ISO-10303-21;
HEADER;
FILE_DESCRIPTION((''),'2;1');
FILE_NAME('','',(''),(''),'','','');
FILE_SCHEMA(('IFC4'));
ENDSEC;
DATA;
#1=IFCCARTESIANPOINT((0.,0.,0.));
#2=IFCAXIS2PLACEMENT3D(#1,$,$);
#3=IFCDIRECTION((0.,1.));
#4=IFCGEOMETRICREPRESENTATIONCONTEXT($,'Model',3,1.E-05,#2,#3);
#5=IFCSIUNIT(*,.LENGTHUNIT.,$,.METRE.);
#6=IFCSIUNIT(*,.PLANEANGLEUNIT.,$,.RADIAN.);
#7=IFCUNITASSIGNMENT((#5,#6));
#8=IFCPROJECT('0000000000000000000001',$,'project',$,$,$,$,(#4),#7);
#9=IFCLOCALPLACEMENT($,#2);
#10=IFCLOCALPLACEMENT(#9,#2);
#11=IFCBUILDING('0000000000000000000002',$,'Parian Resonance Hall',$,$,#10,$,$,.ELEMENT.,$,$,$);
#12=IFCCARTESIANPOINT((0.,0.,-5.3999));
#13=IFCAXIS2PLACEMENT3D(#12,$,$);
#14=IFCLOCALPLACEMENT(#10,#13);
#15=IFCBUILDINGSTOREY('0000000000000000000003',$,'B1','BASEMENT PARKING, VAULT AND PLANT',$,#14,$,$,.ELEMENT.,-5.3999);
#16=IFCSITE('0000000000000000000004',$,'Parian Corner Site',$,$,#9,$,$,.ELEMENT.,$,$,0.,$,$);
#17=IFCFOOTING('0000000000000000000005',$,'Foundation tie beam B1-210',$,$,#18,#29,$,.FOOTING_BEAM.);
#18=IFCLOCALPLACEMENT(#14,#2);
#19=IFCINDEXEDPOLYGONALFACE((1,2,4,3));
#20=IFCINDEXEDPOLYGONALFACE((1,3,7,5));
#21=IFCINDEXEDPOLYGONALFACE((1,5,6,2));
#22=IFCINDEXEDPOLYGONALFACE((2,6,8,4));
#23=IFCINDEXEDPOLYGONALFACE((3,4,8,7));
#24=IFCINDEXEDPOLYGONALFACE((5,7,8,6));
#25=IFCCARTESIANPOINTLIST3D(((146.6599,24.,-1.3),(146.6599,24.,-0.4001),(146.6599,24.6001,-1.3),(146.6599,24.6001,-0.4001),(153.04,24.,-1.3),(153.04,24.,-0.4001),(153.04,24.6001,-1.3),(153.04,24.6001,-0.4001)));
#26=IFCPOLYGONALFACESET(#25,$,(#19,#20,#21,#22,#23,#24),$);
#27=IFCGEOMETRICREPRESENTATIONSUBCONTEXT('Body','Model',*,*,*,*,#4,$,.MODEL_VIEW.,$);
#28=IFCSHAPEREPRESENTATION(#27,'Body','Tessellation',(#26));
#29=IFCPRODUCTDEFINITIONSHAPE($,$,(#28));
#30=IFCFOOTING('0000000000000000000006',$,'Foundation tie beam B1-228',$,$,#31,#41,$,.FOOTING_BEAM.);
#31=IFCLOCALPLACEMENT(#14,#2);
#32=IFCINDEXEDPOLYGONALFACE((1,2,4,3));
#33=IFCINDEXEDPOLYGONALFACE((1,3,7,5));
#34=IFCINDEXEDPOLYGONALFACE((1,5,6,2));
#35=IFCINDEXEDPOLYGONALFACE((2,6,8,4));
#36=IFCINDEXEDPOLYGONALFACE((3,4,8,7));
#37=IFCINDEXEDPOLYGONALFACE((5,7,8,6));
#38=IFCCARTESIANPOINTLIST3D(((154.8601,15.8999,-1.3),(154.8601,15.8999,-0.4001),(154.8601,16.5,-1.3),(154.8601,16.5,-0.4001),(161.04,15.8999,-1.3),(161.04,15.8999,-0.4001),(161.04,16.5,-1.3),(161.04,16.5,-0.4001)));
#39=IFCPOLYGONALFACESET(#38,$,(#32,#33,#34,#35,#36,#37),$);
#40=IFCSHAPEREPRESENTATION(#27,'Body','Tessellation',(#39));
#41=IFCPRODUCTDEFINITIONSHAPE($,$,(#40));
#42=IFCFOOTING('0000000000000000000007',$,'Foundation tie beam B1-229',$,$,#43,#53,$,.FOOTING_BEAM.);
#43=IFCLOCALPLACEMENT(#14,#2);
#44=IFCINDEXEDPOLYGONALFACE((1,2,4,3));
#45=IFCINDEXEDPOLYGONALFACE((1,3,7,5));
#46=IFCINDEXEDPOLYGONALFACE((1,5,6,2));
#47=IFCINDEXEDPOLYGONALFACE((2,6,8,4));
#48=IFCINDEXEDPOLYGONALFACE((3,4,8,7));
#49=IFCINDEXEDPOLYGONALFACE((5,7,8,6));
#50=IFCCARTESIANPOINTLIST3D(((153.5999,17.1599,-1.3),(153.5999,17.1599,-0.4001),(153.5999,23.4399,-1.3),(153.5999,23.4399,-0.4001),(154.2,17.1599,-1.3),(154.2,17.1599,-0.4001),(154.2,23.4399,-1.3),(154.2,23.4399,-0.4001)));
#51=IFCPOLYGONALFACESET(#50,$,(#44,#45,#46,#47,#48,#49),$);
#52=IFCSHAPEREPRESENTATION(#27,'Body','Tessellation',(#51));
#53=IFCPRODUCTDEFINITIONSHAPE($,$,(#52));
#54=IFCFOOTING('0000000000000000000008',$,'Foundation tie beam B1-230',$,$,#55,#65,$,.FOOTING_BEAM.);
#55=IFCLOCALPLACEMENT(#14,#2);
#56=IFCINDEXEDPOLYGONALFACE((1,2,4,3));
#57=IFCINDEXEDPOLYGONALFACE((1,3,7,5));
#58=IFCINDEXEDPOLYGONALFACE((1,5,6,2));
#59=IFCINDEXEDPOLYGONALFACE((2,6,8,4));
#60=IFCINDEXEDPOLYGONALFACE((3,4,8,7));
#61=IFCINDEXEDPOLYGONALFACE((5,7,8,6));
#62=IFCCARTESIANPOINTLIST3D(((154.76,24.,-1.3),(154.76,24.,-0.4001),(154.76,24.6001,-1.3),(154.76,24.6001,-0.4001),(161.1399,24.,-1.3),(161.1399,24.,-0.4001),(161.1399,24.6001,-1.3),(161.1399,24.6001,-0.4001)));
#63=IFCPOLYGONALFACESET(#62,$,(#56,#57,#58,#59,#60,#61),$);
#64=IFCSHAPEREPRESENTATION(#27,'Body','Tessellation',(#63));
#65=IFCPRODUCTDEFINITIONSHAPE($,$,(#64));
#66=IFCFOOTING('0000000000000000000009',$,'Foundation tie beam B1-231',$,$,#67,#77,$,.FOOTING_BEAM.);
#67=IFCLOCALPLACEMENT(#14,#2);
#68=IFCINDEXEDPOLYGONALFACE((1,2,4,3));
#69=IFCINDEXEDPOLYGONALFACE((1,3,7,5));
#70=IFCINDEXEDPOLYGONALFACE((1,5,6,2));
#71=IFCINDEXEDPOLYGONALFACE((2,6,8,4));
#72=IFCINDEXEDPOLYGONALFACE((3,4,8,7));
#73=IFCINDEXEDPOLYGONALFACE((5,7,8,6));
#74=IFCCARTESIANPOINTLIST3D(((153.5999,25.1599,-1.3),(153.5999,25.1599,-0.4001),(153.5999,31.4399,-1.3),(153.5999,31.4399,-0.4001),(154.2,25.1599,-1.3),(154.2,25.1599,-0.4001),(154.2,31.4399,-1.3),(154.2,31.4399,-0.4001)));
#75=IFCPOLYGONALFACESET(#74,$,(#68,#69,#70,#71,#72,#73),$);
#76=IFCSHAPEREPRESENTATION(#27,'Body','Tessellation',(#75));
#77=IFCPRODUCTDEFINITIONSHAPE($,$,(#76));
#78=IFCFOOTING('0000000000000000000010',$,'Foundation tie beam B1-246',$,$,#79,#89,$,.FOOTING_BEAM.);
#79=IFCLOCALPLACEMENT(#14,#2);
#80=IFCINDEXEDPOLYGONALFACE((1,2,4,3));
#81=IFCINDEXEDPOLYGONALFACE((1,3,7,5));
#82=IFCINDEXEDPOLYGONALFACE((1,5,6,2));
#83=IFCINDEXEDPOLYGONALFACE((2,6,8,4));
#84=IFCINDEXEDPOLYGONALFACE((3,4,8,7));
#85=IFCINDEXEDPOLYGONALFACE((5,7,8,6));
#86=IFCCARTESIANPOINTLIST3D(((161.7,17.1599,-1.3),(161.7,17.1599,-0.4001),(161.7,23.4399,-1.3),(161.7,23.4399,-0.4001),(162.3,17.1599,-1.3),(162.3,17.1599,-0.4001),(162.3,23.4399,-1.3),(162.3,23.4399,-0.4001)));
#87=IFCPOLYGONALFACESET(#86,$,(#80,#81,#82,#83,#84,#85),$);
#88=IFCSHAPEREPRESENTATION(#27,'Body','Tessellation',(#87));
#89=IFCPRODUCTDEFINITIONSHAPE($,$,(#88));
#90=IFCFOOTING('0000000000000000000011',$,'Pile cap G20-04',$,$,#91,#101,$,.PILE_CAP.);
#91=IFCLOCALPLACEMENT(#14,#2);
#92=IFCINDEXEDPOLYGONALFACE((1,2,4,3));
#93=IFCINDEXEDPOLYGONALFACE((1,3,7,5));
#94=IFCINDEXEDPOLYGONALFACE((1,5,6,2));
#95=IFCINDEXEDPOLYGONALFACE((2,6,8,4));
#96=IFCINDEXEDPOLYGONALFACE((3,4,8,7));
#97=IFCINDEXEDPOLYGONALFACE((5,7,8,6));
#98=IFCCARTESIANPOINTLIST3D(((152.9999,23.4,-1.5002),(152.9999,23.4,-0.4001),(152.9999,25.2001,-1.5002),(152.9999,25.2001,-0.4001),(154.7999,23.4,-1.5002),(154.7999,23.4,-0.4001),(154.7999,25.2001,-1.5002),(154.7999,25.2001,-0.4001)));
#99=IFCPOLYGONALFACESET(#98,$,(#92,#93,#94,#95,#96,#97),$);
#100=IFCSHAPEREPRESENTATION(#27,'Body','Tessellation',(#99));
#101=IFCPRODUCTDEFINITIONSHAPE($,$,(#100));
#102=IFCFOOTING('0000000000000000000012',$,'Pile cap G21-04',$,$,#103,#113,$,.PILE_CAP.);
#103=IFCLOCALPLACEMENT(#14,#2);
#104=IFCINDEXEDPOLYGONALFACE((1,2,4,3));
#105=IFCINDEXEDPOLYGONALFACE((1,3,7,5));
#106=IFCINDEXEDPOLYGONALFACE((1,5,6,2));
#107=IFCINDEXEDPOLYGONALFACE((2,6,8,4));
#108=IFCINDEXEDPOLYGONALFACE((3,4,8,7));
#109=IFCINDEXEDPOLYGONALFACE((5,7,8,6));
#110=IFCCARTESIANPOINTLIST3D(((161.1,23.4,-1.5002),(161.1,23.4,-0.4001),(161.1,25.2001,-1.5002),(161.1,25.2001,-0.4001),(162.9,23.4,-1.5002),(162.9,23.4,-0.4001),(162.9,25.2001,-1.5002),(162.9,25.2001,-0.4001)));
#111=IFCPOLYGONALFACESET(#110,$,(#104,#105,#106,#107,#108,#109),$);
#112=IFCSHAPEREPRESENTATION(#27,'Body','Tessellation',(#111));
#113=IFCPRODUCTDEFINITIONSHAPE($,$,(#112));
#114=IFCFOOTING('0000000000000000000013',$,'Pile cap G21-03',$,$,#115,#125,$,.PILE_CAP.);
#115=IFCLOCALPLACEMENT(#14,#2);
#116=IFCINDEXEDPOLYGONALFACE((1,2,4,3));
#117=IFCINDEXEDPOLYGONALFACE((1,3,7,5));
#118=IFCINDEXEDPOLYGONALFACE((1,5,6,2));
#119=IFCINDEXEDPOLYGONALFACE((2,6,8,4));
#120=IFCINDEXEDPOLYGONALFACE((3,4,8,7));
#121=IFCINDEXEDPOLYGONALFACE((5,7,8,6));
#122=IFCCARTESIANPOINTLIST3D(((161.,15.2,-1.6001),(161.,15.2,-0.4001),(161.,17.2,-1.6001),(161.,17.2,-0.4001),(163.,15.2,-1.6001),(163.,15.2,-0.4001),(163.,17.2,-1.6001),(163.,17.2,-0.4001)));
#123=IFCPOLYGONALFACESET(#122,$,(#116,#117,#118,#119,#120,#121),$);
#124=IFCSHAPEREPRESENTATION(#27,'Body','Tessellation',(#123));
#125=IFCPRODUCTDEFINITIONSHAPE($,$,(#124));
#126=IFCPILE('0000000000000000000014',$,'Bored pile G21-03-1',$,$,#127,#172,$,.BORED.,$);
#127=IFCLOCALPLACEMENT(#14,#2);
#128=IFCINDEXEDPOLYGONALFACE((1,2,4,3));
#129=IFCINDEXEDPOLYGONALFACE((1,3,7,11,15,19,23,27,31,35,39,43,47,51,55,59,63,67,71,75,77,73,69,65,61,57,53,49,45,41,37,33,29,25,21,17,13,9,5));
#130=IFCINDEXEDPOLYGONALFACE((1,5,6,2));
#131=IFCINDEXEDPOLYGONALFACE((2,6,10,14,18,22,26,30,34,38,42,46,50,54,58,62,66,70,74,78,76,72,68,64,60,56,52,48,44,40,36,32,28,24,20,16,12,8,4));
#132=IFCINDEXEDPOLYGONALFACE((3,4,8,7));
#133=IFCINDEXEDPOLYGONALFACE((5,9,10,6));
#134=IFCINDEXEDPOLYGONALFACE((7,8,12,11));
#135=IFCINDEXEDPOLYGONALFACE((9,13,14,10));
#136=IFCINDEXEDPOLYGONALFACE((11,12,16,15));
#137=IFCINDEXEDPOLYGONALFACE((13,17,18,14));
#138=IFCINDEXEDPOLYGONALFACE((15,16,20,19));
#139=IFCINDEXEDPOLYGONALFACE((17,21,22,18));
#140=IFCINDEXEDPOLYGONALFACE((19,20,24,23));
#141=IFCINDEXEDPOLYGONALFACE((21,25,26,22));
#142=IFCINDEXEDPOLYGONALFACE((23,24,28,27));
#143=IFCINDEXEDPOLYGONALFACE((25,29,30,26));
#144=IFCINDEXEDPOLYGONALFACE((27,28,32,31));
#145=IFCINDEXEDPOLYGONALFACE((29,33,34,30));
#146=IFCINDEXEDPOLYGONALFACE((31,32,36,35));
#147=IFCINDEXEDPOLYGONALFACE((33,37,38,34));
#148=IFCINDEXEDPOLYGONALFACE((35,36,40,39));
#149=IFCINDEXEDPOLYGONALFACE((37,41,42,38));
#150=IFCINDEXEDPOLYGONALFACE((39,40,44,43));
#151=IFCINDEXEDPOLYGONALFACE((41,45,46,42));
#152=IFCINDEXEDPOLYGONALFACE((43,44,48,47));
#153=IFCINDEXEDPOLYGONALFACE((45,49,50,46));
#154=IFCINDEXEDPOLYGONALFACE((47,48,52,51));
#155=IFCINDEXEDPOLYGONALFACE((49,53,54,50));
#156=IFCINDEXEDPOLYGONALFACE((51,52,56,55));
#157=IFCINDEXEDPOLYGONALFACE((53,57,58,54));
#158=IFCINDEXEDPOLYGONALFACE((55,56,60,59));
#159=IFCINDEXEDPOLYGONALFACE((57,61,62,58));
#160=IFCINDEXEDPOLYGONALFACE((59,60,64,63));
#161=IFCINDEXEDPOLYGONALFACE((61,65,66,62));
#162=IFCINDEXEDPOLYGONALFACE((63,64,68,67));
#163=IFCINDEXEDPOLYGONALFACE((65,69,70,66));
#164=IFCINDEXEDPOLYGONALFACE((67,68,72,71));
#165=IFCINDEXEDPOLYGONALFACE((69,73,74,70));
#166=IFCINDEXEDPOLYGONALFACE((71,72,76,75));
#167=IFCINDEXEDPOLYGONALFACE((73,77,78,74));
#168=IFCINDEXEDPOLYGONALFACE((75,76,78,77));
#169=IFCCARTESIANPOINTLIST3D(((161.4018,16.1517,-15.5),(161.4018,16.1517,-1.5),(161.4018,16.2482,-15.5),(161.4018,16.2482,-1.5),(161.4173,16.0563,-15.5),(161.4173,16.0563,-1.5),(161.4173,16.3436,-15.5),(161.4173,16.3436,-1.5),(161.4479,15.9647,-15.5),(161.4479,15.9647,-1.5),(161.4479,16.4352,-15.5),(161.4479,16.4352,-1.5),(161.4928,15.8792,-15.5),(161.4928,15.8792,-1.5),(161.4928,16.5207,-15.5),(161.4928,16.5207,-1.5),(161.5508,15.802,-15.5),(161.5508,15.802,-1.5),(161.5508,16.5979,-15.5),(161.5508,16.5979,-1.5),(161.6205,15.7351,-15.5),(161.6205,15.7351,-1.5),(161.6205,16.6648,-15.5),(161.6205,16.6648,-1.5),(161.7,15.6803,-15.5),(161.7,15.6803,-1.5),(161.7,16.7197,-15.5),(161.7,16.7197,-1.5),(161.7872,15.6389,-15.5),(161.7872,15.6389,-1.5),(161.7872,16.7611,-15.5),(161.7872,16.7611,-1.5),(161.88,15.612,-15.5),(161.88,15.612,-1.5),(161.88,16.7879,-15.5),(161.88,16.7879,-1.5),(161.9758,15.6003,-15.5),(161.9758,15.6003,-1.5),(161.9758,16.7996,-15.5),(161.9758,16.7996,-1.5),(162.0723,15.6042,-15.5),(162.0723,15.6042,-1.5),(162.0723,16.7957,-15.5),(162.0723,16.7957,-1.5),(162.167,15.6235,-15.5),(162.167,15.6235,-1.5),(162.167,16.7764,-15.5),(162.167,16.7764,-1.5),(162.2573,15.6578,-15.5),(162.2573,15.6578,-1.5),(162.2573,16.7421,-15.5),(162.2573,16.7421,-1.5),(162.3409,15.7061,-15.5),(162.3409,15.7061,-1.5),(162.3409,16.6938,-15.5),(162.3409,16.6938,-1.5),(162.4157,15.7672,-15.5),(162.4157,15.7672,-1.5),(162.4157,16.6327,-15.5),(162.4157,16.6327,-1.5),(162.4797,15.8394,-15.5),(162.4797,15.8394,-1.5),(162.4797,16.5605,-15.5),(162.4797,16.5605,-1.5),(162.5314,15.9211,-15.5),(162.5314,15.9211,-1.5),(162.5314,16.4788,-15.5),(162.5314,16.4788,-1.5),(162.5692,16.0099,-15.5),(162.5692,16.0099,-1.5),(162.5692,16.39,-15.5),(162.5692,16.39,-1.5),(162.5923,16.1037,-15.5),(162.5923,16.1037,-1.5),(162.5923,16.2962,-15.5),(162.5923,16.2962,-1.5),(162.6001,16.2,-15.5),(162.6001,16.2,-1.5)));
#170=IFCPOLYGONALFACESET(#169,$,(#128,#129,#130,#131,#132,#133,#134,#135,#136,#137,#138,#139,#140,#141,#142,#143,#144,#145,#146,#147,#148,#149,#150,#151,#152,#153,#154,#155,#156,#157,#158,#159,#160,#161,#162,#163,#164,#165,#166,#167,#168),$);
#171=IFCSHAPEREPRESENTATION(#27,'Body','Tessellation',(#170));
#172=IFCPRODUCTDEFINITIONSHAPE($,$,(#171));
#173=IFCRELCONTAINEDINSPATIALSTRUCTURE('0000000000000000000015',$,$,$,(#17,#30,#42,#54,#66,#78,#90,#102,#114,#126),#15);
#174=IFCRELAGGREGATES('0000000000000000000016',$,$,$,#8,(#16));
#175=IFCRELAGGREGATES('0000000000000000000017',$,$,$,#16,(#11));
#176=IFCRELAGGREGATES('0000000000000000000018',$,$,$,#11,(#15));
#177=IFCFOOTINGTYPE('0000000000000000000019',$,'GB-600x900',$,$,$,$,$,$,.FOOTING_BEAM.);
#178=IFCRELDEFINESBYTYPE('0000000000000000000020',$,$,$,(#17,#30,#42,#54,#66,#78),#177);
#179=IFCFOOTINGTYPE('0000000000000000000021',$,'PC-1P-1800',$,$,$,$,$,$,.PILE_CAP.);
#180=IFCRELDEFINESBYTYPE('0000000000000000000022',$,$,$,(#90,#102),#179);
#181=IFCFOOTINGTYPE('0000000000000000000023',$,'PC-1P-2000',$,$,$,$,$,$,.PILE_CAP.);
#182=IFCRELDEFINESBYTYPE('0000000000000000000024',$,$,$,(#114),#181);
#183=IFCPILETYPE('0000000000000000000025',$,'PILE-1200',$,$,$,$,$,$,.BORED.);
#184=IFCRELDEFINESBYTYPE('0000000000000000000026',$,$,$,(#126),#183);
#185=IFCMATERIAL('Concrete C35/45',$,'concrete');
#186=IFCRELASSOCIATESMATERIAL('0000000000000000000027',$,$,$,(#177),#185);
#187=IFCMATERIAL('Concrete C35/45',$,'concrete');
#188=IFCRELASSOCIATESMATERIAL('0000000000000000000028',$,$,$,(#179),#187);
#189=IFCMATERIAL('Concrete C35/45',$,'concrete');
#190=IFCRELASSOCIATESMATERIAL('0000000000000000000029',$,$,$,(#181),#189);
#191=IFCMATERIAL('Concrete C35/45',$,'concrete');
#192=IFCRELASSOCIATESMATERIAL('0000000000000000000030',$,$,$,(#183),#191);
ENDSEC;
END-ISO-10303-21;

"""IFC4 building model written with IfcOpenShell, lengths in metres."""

from ifc_helpers import new_model, si_unit, direction, frame, origin, origin_2d, place, context, subcontext, project, spatial, rectangle, circle, extrude, material, material_profile, profile_set, type_object, element, save


model = new_model("IFC4")

# Units and contexts
model_context = context("Model", 3, precision=1e-05, world=origin(), true_north=direction((0.0, 1.0)))
body_context = subcontext(model_context, "Body", "Model", "MODEL_VIEW")
ifc_project = project(units=[si_unit("LENGTHUNIT", "METRE"), si_unit("PLANEANGLEUNIT", "RADIAN")], contexts=[model_context])

# Site, building, storey
site_placement = place(None, origin())
site = spatial("IfcSite", under=ifc_project, at=site_placement, Name="Parian Corner Site", CompositionType="ELEMENT", RefElevation=0.0)
building_placement = place(site_placement, origin())
building = spatial("IfcBuilding", under=site, at=building_placement, Name="Parian Resonance Hall", CompositionType="ELEMENT")
storey_placement = place(building_placement, frame((0.0, 0.0, -5.3999)))
storey = spatial("IfcBuildingStorey", under=building, at=storey_placement, Name="B1", Description="BASEMENT PARKING, VAULT AND PLANT", CompositionType="ELEMENT", Elevation=-5.3999)

# Footings
ifc_material_1 = material(Name="Concrete C35/45", Category="concrete")
ifc_material_profile_1 = material_profile(ifc_material_1, rectangle(XDim=0.6001, YDim=0.8999, at=origin_2d()), Name="RC-GB-600x900")
ifc_profile_set_1 = profile_set([ifc_material_profile_1], Name="Concrete C35/45")
footing_type_1 = type_object("IfcFootingType", Name="GB-600x900", PredefinedType="FOOTING_BEAM", material=ifc_profile_set_1)
footing_1_placement = place(storey_placement, frame((146.6599, 24.3, -0.8501), z_axis=(1.0, 0.0, 0.0), x_axis=(0.0, 1.0, 0.0)))
element("IfcFooting", 1, at=footing_1_placement, inside=storey, type_object=footing_type_1, Name="Foundation tie beam B1-210", PredefinedType="FOOTING_BEAM", context=body_context, shape_type="SweptSolid", body=[
    extrude(rectangle(XDim=0.6001, YDim=0.8999, at=origin_2d()), origin(), (0.0, 0.0, 1.0), 6.3801),
])
footing_2_placement = place(storey_placement, frame((154.8601, 16.2, -0.8501), z_axis=(1.0, 0.0, 0.0), x_axis=(0.0, 1.0, 0.0)))
element("IfcFooting", 2, at=footing_2_placement, inside=storey, type_object=footing_type_1, Name="Foundation tie beam B1-228", PredefinedType="FOOTING_BEAM", context=body_context, shape_type="SweptSolid", body=[
    extrude(rectangle(XDim=0.6001, YDim=0.8999, at=origin_2d()), origin(), (0.0, 0.0, 1.0), 6.1799),
])
footing_3_placement = place(storey_placement, frame((153.8999, 17.1599, -0.8501), z_axis=(0.0, 1.0, 0.0), x_axis=(-1.0, 0.0, 0.0)))
element("IfcFooting", 3, at=footing_3_placement, inside=storey, type_object=footing_type_1, Name="Foundation tie beam B1-229", PredefinedType="FOOTING_BEAM", context=body_context, shape_type="SweptSolid", body=[
    extrude(rectangle(XDim=0.6001, YDim=0.8999, at=origin_2d()), origin(), (0.0, 0.0, 1.0), 6.28),
])
footing_4_placement = place(storey_placement, frame((154.76, 24.3, -0.8501), z_axis=(1.0, 0.0, 0.0), x_axis=(0.0, 1.0, 0.0)))
element("IfcFooting", 4, at=footing_4_placement, inside=storey, type_object=footing_type_1, Name="Foundation tie beam B1-230", PredefinedType="FOOTING_BEAM", context=body_context, shape_type="SweptSolid", body=[
    extrude(rectangle(XDim=0.6001, YDim=0.8999, at=origin_2d()), origin(), (0.0, 0.0, 1.0), 6.3799),
])
for number, where, z_axis, x_axis, name in (
    (5, (153.8999, 25.1599, -0.8501), (0.0, 1.0, 0.0), (-1.0, 0.0, 0.0), "Foundation tie beam B1-231"),
    (6, (162.0, 17.1599, -0.8501), (0.0, 1.0, 0.0), (-1.0, 0.0, 0.0), "Foundation tie beam B1-246"),
):
    element("IfcFooting", number, at=place(storey_placement, frame(where, z_axis=z_axis, x_axis=x_axis)), inside=storey, type_object=footing_type_1, Name=name, PredefinedType="FOOTING_BEAM", context=body_context, shape_type="SweptSolid", body=[
        extrude(rectangle(XDim=0.6001, YDim=0.8999, at=origin_2d()), origin(), (0.0, 0.0, 1.0), 6.28),
    ])
ifc_material_2 = material(Name="Concrete C35/45", Category="concrete")
footing_type_2 = type_object("IfcFootingType", Name="PC-1P-1800", PredefinedType="PILE_CAP", material=ifc_material_2)
for number, where, z_axis, x_axis, name in (
    (7, (153.8999, 24.3, -1.5002), (0.0, 0.0, 1.0), (1.0, 0.0, 0.0), "Pile cap G20-04"),
    (8, (162.0, 24.3, -1.5002), (0.0, 0.0, 1.0), (1.0, 0.0, 0.0), "Pile cap G21-04"),
):
    element("IfcFooting", number, at=place(storey_placement, frame(where, z_axis=z_axis, x_axis=x_axis)), inside=storey, type_object=footing_type_2, Name=name, PredefinedType="PILE_CAP", context=body_context, shape_type="SweptSolid", body=[
        extrude(rectangle(XDim=1.8, YDim=1.8, at=origin_2d()), origin(), (0.0, 0.0, 1.0), 1.1001),
    ])
ifc_material_3 = material(Name="Concrete C35/45", Category="concrete")
footing_type_3 = type_object("IfcFootingType", Name="PC-1P-2000", PredefinedType="PILE_CAP", material=ifc_material_3)
footing_5_placement = place(storey_placement, frame((162.0, 16.2, -1.6001), z_axis=(0.0, 0.0, 1.0), x_axis=(1.0, 0.0, 0.0)))
element("IfcFooting", 9, at=footing_5_placement, inside=storey, type_object=footing_type_3, Name="Pile cap G21-03", PredefinedType="PILE_CAP", context=body_context, shape_type="SweptSolid", body=[
    extrude(rectangle(XDim=2.0, YDim=2.0, at=origin_2d()), origin(), (0.0, 0.0, 1.0), 1.2),
])

# Pile
ifc_material_4 = material(Name="Concrete C35/45", Category="concrete")
ifc_material_profile_2 = material_profile(ifc_material_4, circle(Radius=0.6001, at=origin_2d()), Name="PILE-D1200")
ifc_profile_set_2 = profile_set([ifc_material_profile_2], Name="Concrete C35/45")
pile_type_1 = type_object("IfcPileType", Name="PILE-1200", PredefinedType="BORED", material=ifc_profile_set_2)
pile_placement = place(storey_placement, frame((162.0, 16.2, -1.5), z_axis=(0.0, 0.0, -1.0), x_axis=(1.0, 0.0, 0.0)))
element("IfcPile", 10, at=pile_placement, inside=storey, type_object=pile_type_1, Name="Bored pile G21-03-1", PredefinedType="BORED", context=body_context, shape_type="SweptSolid", body=[
    extrude(circle(Radius=0.6001, at=origin_2d()), origin(), (0.0, 0.0, 1.0), 14.0),
])

save(model, "model.ifc")
